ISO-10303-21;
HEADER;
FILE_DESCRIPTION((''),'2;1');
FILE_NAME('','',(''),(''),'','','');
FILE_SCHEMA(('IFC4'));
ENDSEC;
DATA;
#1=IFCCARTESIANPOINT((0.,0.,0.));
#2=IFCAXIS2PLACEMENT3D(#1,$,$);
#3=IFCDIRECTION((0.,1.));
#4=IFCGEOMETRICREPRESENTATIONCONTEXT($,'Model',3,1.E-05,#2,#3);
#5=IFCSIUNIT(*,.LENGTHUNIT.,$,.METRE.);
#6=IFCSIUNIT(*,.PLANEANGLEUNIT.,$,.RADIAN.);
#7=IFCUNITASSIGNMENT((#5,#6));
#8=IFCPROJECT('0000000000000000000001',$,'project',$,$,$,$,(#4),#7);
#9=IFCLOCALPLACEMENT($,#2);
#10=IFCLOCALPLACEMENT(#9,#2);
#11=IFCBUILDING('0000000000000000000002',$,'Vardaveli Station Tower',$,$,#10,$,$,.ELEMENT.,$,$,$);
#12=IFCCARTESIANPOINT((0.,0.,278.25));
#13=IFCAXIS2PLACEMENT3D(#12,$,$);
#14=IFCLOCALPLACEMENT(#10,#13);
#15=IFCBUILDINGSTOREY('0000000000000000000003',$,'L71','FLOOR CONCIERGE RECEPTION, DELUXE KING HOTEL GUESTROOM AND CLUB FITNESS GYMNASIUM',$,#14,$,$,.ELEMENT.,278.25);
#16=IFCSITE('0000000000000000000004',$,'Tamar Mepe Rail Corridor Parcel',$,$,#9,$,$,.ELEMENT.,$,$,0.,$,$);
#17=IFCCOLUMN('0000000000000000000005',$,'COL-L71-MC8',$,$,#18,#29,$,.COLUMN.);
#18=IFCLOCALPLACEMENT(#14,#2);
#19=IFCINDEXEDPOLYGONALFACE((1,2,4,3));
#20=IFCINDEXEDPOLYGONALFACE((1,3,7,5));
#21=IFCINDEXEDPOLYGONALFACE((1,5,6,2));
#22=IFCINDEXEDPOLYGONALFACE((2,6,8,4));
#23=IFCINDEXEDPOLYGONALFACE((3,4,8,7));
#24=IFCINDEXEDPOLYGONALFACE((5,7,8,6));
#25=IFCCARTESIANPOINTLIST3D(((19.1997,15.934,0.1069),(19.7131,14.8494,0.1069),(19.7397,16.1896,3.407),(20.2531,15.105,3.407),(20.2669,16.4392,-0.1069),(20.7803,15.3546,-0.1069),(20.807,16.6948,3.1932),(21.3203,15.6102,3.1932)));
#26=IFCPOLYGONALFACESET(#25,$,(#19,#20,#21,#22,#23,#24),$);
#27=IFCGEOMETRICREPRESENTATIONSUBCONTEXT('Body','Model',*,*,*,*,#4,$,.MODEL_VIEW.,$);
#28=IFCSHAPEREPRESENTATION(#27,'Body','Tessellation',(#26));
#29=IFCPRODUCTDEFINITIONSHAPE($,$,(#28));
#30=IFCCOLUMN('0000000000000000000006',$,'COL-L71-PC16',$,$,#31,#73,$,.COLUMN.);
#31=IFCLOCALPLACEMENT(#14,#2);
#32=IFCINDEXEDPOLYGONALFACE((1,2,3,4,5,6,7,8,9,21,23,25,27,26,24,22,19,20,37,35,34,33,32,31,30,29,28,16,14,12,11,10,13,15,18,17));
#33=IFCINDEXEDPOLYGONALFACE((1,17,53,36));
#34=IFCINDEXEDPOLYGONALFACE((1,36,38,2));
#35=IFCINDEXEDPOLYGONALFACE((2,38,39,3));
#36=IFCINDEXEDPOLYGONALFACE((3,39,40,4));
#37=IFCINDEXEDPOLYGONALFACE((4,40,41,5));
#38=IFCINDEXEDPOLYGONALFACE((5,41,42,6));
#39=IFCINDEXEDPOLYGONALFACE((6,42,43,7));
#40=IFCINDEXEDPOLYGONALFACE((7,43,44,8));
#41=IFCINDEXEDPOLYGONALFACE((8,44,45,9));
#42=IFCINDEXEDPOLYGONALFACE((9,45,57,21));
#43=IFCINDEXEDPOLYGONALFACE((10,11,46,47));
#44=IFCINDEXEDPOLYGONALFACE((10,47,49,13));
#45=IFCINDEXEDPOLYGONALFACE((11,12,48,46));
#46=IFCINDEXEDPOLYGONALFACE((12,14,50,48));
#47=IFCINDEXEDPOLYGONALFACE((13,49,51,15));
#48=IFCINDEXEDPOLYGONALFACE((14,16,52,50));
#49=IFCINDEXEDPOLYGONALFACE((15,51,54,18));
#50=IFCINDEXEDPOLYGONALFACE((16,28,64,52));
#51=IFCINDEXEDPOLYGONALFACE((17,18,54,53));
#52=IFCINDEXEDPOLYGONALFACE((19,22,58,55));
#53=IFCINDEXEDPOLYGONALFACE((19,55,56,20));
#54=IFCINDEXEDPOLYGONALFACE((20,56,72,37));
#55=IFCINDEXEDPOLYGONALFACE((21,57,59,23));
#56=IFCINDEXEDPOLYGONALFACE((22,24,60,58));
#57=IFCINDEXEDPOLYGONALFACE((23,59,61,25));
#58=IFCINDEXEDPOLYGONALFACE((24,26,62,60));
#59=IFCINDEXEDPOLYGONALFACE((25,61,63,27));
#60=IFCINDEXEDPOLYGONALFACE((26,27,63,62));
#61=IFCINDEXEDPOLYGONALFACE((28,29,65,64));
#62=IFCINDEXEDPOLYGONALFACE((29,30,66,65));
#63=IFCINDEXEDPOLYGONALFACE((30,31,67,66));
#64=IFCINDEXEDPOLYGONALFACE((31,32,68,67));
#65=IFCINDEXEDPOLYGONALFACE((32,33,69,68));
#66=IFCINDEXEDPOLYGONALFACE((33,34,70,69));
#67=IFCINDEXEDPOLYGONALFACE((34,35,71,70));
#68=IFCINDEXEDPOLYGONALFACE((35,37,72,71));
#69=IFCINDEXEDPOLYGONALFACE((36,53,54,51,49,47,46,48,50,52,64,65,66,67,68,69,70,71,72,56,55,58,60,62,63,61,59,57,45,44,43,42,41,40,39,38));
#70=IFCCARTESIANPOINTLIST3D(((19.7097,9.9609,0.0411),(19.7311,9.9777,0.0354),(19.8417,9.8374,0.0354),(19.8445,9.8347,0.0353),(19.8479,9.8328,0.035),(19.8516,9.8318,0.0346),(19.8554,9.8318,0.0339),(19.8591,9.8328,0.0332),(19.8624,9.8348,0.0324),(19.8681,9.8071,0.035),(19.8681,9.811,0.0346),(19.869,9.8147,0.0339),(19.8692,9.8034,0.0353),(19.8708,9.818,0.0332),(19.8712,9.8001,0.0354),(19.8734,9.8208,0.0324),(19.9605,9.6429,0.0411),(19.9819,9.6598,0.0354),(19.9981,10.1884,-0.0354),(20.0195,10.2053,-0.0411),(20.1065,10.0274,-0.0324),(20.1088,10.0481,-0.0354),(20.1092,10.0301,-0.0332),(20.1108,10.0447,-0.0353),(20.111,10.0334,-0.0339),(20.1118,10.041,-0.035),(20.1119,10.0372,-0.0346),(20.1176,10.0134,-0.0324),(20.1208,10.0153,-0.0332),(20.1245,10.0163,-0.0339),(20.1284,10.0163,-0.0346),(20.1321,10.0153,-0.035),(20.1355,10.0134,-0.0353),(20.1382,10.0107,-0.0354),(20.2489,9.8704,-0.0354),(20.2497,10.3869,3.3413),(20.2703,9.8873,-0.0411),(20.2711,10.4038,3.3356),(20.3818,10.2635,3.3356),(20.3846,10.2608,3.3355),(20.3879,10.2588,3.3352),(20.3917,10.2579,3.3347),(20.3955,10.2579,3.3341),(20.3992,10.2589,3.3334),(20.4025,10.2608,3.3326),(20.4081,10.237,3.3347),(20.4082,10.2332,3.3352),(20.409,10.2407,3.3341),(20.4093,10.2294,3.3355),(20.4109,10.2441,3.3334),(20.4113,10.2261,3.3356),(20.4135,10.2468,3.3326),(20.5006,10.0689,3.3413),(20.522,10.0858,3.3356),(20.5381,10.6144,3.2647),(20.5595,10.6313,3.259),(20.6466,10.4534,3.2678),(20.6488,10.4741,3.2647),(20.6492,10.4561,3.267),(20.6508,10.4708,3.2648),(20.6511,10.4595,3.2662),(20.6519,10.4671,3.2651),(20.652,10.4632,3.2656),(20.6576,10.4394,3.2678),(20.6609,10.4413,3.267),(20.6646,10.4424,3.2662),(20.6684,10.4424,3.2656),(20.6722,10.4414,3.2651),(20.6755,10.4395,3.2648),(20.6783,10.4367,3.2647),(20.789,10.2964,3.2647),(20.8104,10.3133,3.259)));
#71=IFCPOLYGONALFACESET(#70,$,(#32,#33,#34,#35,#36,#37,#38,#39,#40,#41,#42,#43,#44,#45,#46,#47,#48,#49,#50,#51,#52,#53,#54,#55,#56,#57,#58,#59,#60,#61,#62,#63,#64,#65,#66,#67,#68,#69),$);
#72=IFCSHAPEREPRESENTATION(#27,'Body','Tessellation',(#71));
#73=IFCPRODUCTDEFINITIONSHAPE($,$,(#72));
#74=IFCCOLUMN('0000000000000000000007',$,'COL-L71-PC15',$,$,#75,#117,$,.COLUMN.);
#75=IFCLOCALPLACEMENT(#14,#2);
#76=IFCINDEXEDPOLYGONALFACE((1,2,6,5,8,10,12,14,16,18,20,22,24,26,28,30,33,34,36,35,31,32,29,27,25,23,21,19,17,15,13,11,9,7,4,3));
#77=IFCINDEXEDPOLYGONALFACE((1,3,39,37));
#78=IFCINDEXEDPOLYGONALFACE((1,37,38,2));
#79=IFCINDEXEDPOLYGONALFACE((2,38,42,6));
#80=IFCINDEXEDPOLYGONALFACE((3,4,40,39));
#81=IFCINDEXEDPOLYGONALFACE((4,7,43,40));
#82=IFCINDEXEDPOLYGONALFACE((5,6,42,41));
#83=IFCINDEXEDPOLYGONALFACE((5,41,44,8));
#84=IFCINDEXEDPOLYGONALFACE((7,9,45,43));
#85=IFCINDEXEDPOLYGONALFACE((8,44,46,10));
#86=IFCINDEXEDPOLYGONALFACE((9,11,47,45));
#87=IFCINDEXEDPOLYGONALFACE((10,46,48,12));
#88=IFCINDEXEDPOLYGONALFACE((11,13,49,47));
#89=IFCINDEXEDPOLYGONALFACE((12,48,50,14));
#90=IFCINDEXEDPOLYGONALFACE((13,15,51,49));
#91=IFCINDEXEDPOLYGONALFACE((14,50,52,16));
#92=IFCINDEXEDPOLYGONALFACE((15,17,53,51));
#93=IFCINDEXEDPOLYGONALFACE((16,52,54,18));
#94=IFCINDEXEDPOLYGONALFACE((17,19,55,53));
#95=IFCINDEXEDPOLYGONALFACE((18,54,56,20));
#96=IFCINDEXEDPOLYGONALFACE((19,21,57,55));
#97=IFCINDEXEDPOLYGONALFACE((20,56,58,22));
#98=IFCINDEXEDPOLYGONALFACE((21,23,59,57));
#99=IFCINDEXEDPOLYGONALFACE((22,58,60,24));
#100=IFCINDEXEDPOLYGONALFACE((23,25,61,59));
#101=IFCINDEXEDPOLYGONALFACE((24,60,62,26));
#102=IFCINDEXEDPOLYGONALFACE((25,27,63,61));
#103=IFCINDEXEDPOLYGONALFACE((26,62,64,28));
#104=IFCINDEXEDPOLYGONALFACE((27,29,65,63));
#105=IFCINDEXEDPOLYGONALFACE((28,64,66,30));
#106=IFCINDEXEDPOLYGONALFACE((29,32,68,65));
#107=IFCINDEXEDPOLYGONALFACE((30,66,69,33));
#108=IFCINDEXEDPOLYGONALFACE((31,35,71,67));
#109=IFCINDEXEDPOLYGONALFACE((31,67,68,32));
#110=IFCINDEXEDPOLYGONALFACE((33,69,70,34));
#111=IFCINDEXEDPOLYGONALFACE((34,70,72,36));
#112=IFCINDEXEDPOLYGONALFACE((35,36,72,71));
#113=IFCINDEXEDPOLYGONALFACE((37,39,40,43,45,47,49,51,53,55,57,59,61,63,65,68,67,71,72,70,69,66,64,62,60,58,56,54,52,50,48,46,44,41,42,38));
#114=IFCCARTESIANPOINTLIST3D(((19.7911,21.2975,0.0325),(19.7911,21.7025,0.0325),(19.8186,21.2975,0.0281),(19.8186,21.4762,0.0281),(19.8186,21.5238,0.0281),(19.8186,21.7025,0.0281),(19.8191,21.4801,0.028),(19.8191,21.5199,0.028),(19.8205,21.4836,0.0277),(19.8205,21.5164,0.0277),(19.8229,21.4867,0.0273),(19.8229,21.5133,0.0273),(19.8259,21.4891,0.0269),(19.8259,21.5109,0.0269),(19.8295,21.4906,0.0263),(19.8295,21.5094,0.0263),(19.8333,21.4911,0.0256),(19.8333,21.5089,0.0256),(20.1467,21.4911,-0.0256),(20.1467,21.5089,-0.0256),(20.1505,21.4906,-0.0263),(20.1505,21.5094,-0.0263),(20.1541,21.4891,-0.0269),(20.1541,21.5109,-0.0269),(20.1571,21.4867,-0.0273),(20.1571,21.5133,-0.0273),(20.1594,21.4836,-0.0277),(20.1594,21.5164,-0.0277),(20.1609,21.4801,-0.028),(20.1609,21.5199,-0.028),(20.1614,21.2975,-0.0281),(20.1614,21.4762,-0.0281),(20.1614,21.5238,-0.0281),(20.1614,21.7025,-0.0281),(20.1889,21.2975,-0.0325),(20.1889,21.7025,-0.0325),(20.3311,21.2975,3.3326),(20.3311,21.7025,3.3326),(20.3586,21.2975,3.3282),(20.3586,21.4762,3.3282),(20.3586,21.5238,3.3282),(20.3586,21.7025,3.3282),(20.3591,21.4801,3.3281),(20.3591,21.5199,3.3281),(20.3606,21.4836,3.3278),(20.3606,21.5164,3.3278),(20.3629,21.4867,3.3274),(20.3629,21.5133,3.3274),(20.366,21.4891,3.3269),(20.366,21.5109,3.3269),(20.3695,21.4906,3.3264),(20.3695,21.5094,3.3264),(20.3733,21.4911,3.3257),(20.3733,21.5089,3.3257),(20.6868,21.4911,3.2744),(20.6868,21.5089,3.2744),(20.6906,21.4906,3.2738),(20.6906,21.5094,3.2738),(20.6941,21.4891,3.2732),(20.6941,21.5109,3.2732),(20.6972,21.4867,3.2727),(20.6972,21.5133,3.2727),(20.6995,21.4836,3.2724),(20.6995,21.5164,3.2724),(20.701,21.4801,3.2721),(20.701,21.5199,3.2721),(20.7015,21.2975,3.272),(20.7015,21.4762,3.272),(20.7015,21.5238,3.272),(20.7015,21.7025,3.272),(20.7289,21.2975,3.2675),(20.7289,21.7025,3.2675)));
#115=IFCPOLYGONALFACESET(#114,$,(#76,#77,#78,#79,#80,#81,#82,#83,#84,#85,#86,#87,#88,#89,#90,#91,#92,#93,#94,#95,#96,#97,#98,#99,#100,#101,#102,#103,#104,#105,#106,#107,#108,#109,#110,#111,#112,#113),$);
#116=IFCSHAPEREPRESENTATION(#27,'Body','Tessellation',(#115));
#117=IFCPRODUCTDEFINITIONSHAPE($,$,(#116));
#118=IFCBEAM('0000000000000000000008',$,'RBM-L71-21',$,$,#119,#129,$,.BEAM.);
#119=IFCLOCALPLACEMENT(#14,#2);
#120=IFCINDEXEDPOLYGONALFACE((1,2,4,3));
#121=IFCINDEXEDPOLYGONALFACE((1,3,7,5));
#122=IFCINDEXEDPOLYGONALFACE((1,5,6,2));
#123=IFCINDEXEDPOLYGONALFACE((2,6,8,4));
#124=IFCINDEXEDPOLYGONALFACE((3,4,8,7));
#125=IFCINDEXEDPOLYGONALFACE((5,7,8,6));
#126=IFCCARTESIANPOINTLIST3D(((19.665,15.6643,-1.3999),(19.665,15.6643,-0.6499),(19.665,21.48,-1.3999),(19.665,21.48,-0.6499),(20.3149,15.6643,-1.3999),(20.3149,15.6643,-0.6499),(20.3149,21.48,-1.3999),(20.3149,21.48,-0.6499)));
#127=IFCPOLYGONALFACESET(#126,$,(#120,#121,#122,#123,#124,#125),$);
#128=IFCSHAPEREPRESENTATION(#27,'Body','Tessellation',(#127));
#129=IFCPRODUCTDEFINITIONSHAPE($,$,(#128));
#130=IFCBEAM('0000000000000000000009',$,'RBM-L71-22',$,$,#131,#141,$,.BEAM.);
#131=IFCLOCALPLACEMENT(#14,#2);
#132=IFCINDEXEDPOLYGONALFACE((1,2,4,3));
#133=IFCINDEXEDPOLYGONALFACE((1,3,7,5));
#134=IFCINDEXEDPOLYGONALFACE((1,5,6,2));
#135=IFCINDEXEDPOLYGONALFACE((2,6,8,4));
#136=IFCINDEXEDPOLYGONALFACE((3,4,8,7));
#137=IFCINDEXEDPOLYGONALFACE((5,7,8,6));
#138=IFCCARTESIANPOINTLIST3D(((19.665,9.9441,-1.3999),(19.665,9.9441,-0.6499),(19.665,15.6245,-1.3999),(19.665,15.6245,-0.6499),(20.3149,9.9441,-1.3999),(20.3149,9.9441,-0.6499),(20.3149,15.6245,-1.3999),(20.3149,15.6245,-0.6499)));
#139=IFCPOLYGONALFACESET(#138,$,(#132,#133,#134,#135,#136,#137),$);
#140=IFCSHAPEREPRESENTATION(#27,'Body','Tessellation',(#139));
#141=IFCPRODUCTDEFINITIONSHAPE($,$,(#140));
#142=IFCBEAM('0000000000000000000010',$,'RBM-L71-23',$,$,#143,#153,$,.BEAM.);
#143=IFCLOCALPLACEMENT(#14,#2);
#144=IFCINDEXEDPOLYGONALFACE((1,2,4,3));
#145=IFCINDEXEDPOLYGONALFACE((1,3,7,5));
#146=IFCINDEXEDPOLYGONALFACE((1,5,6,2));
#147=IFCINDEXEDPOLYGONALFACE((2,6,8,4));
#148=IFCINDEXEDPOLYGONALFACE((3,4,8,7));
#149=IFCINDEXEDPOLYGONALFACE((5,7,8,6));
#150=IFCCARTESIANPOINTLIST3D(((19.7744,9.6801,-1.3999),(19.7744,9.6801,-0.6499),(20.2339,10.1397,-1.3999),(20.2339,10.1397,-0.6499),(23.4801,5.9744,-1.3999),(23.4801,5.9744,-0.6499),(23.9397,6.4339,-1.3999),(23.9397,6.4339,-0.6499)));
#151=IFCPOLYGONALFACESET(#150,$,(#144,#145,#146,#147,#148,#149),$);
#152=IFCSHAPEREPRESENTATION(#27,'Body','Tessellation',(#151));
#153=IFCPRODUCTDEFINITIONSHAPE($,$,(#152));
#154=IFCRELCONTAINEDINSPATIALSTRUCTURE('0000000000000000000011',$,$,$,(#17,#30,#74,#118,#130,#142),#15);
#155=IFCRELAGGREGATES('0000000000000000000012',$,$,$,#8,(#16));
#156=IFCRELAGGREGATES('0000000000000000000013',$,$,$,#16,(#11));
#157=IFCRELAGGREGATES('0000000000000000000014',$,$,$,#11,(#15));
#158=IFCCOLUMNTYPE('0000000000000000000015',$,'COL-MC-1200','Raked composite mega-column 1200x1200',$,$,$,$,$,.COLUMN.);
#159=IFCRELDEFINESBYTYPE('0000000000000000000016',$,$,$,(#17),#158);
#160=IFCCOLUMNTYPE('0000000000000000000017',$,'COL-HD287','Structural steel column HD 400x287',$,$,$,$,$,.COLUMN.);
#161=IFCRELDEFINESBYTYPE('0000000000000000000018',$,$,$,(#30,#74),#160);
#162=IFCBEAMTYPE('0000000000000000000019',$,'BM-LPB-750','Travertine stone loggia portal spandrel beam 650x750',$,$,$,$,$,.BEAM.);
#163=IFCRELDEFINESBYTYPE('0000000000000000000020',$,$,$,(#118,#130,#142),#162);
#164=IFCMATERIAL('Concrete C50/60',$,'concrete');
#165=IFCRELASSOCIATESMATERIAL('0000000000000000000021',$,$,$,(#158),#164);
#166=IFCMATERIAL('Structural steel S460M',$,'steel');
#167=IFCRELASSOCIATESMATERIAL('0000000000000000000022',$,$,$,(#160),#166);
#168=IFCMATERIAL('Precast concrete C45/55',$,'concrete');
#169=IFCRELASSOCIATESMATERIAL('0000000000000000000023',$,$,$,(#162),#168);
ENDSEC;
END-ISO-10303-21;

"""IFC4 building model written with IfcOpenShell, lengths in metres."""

from ifc_helpers import new_model, si_unit, direction, frame, origin, origin_2d, place, context, subcontext, project, spatial, rectangle, i_section, extrude, source, transform, mapped, material, material_profile, profile_set, type_object, element, save


model = new_model("IFC4")

# Units and contexts
model_context = context("Model", 3, precision=1e-05, world=origin(), true_north=direction((0.0, 1.0)))
body_context = subcontext(model_context, "Body", "Model", "MODEL_VIEW")
ifc_project = project(units=[si_unit("LENGTHUNIT", "METRE"), si_unit("PLANEANGLEUNIT", "RADIAN")], contexts=[model_context])

# Site, building, storey
site_placement = place(None, origin())
site = spatial("IfcSite", under=ifc_project, at=site_placement, Name="Tamar Mepe Rail Corridor Parcel", CompositionType="ELEMENT", RefElevation=0.0)
building_placement = place(site_placement, origin())
building = spatial("IfcBuilding", under=site, at=building_placement, Name="Vardaveli Station Tower", CompositionType="ELEMENT")
storey_placement = place(building_placement, frame((0.0, 0.0, 278.25)))
storey = spatial("IfcBuildingStorey", under=building, at=storey_placement, Name="L71", Description="FLOOR CONCIERGE RECEPTION, DELUXE KING HOTEL GUESTROOM AND CLUB FITNESS GYMNASIUM", CompositionType="ELEMENT", Elevation=278.25)

# Columns
ifc_material_1 = material(Name="Concrete C50/60", Category="concrete")
ifc_material_profile_1 = material_profile(ifc_material_1, rectangle(XDim=1.2, YDim=1.2, at=origin_2d()), Name="MC 1200x1200")
ifc_profile_set_1 = profile_set([ifc_material_profile_1], Name="Concrete C50/60")
column_type_1 = type_object("IfcColumnType", Name="COL-MC-1200", Description="Raked composite mega-column 1200x1200", PredefinedType="COLUMN", material=ifc_profile_set_1)
shared_shape_1 = source(origin(), body_context, "Body", "SweptSolid", [
    extrude(rectangle(XDim=1.2, YDim=1.2, at=origin_2d()), origin(), (0.0, 0.0, 1.0), 3.3538),
])
column_1_placement = place(storey_placement, frame((19.99, 15.6443, 0.0), z_axis=(0.161028, 0.076219, 0.984002), x_axis=(-0.427823, 0.903863, 0.0)))
element("IfcColumn", 1, at=column_1_placement, inside=storey, type_object=column_type_1, Name="COL-L71-MC8", PredefinedType="COLUMN", context=body_context, shape_type="MappedRepresentation", body=[
    mapped(shared_shape_1, transform((0.0, 0.0, 0.0), scale=1.0)),
])
ifc_material_2 = material(Name="Structural steel S460M", Category="steel")
ifc_material_profile_2 = material_profile(ifc_material_2, i_section(OverallWidth=0.405, OverallDepth=0.4031, WebThickness=0.0178, FlangeThickness=0.0278, FilletRadius=0.0149, at=origin_2d()), Name="HD 400x287")
ifc_profile_set_2 = profile_set([ifc_material_profile_2], Name="Structural steel S460M")
column_type_2 = type_object("IfcColumnType", Name="COL-HD287", Description="Structural steel column HD 400x287", PredefinedType="COLUMN", material=ifc_profile_set_2)
shared_shape_2 = source(origin(), body_context, "Body", "SweptSolid", [
    extrude(i_section(OverallWidth=0.405, OverallDepth=0.4031, WebThickness=0.0178, FlangeThickness=0.0278, FilletRadius=0.0149, at=origin_2d()), origin(), (0.0, 0.0, 1.0), 3.3711),
])
column_2_placement = place(storey_placement, frame((19.99, 9.9241, 0.0), z_axis=(0.160203, 0.126381, 0.97896), x_axis=(-0.619357, 0.78511, 0.0)))
element("IfcColumn", 2, at=column_2_placement, inside=storey, type_object=column_type_2, Name="COL-L71-PC16", PredefinedType="COLUMN", context=body_context, shape_type="MappedRepresentation", body=[
    mapped(shared_shape_2, transform((0.0, 0.0, 0.0), scale=1.0)),
])
shared_shape_3 = source(origin(), body_context, "Body", "SweptSolid", [
    extrude(i_section(OverallWidth=0.405, OverallDepth=0.4031, WebThickness=0.0178, FlangeThickness=0.0278, FilletRadius=0.0149, at=origin_2d()), origin(), (0.0, 0.0, 1.0), 3.344),
])
column_3_placement = place(storey_placement, frame((19.99, 21.5, 0.0), z_axis=(0.161498, 0.0, 0.986873), x_axis=(0.0, 1.0, 0.0)))
element("IfcColumn", 3, at=column_3_placement, inside=storey, type_object=column_type_2, Name="COL-L71-PC15", PredefinedType="COLUMN", context=body_context, shape_type="MappedRepresentation", body=[
    mapped(shared_shape_3, transform((0.0, 0.0, 0.0), scale=1.0)),
])

# Beams
ifc_material_3 = material(Name="Precast concrete C45/55", Category="concrete")
ifc_material_profile_3 = material_profile(ifc_material_3, rectangle(XDim=0.6499, YDim=0.75, at=origin_2d()), Name="LPB 650x750")
ifc_profile_set_3 = profile_set([ifc_material_profile_3], Name="Precast concrete C45/55")
beam_type_1 = type_object("IfcBeamType", Name="BM-LPB-750", Description="Travertine stone loggia portal spandrel beam 650x750", PredefinedType="BEAM", material=ifc_profile_set_3)
shared_shape_4 = source(origin(), body_context, "Body", "SweptSolid", [
    extrude(rectangle(XDim=0.6499, YDim=0.75, at=origin_2d()), origin(), (0.0, 0.0, 1.0), 5.8157),
])
beam_1_placement = place(storey_placement, frame((19.99, 21.48, -1.0249), z_axis=(0.0, -1.0, 0.0), x_axis=(1.0, 0.0, 0.0)))
element("IfcBeam", 4, at=beam_1_placement, inside=storey, type_object=beam_type_1, Name="RBM-L71-21", PredefinedType="BEAM", context=body_context, shape_type="MappedRepresentation", body=[
    mapped(shared_shape_4, transform((0.0, 0.0, 0.0), scale=1.0)),
])
shared_shape_5 = source(origin(), body_context, "Body", "SweptSolid", [
    extrude(rectangle(XDim=0.6499, YDim=0.75, at=origin_2d()), origin(), (0.0, 0.0, 1.0), 5.6804),
])
beam_2_placement = place(storey_placement, frame((19.99, 15.6245, -1.0249), z_axis=(0.0, -1.0, 0.0), x_axis=(1.0, 0.0, 0.0)))
element("IfcBeam", 5, at=beam_2_placement, inside=storey, type_object=beam_type_1, Name="RBM-L71-22", PredefinedType="BEAM", context=body_context, shape_type="MappedRepresentation", body=[
    mapped(shared_shape_5, transform((0.0, 0.0, 0.0), scale=1.0)),
])
shared_shape_6 = source(origin(), body_context, "Body", "SweptSolid", [
    extrude(rectangle(XDim=0.6499, YDim=0.75, at=origin_2d()), origin(), (0.0, 0.0, 1.0), 5.2407),
])
beam_3_placement = place(storey_placement, frame((20.0042, 9.9099, -1.0249), z_axis=(0.707107, -0.707107, 0.0), x_axis=(0.707107, 0.707107, 0.0)))
element("IfcBeam", 6, at=beam_3_placement, inside=storey, type_object=beam_type_1, Name="RBM-L71-23", PredefinedType="BEAM", context=body_context, shape_type="MappedRepresentation", body=[
    mapped(shared_shape_6, transform((0.0, 0.0, 0.0), scale=1.0)),
])

save(model, "model.ifc")
